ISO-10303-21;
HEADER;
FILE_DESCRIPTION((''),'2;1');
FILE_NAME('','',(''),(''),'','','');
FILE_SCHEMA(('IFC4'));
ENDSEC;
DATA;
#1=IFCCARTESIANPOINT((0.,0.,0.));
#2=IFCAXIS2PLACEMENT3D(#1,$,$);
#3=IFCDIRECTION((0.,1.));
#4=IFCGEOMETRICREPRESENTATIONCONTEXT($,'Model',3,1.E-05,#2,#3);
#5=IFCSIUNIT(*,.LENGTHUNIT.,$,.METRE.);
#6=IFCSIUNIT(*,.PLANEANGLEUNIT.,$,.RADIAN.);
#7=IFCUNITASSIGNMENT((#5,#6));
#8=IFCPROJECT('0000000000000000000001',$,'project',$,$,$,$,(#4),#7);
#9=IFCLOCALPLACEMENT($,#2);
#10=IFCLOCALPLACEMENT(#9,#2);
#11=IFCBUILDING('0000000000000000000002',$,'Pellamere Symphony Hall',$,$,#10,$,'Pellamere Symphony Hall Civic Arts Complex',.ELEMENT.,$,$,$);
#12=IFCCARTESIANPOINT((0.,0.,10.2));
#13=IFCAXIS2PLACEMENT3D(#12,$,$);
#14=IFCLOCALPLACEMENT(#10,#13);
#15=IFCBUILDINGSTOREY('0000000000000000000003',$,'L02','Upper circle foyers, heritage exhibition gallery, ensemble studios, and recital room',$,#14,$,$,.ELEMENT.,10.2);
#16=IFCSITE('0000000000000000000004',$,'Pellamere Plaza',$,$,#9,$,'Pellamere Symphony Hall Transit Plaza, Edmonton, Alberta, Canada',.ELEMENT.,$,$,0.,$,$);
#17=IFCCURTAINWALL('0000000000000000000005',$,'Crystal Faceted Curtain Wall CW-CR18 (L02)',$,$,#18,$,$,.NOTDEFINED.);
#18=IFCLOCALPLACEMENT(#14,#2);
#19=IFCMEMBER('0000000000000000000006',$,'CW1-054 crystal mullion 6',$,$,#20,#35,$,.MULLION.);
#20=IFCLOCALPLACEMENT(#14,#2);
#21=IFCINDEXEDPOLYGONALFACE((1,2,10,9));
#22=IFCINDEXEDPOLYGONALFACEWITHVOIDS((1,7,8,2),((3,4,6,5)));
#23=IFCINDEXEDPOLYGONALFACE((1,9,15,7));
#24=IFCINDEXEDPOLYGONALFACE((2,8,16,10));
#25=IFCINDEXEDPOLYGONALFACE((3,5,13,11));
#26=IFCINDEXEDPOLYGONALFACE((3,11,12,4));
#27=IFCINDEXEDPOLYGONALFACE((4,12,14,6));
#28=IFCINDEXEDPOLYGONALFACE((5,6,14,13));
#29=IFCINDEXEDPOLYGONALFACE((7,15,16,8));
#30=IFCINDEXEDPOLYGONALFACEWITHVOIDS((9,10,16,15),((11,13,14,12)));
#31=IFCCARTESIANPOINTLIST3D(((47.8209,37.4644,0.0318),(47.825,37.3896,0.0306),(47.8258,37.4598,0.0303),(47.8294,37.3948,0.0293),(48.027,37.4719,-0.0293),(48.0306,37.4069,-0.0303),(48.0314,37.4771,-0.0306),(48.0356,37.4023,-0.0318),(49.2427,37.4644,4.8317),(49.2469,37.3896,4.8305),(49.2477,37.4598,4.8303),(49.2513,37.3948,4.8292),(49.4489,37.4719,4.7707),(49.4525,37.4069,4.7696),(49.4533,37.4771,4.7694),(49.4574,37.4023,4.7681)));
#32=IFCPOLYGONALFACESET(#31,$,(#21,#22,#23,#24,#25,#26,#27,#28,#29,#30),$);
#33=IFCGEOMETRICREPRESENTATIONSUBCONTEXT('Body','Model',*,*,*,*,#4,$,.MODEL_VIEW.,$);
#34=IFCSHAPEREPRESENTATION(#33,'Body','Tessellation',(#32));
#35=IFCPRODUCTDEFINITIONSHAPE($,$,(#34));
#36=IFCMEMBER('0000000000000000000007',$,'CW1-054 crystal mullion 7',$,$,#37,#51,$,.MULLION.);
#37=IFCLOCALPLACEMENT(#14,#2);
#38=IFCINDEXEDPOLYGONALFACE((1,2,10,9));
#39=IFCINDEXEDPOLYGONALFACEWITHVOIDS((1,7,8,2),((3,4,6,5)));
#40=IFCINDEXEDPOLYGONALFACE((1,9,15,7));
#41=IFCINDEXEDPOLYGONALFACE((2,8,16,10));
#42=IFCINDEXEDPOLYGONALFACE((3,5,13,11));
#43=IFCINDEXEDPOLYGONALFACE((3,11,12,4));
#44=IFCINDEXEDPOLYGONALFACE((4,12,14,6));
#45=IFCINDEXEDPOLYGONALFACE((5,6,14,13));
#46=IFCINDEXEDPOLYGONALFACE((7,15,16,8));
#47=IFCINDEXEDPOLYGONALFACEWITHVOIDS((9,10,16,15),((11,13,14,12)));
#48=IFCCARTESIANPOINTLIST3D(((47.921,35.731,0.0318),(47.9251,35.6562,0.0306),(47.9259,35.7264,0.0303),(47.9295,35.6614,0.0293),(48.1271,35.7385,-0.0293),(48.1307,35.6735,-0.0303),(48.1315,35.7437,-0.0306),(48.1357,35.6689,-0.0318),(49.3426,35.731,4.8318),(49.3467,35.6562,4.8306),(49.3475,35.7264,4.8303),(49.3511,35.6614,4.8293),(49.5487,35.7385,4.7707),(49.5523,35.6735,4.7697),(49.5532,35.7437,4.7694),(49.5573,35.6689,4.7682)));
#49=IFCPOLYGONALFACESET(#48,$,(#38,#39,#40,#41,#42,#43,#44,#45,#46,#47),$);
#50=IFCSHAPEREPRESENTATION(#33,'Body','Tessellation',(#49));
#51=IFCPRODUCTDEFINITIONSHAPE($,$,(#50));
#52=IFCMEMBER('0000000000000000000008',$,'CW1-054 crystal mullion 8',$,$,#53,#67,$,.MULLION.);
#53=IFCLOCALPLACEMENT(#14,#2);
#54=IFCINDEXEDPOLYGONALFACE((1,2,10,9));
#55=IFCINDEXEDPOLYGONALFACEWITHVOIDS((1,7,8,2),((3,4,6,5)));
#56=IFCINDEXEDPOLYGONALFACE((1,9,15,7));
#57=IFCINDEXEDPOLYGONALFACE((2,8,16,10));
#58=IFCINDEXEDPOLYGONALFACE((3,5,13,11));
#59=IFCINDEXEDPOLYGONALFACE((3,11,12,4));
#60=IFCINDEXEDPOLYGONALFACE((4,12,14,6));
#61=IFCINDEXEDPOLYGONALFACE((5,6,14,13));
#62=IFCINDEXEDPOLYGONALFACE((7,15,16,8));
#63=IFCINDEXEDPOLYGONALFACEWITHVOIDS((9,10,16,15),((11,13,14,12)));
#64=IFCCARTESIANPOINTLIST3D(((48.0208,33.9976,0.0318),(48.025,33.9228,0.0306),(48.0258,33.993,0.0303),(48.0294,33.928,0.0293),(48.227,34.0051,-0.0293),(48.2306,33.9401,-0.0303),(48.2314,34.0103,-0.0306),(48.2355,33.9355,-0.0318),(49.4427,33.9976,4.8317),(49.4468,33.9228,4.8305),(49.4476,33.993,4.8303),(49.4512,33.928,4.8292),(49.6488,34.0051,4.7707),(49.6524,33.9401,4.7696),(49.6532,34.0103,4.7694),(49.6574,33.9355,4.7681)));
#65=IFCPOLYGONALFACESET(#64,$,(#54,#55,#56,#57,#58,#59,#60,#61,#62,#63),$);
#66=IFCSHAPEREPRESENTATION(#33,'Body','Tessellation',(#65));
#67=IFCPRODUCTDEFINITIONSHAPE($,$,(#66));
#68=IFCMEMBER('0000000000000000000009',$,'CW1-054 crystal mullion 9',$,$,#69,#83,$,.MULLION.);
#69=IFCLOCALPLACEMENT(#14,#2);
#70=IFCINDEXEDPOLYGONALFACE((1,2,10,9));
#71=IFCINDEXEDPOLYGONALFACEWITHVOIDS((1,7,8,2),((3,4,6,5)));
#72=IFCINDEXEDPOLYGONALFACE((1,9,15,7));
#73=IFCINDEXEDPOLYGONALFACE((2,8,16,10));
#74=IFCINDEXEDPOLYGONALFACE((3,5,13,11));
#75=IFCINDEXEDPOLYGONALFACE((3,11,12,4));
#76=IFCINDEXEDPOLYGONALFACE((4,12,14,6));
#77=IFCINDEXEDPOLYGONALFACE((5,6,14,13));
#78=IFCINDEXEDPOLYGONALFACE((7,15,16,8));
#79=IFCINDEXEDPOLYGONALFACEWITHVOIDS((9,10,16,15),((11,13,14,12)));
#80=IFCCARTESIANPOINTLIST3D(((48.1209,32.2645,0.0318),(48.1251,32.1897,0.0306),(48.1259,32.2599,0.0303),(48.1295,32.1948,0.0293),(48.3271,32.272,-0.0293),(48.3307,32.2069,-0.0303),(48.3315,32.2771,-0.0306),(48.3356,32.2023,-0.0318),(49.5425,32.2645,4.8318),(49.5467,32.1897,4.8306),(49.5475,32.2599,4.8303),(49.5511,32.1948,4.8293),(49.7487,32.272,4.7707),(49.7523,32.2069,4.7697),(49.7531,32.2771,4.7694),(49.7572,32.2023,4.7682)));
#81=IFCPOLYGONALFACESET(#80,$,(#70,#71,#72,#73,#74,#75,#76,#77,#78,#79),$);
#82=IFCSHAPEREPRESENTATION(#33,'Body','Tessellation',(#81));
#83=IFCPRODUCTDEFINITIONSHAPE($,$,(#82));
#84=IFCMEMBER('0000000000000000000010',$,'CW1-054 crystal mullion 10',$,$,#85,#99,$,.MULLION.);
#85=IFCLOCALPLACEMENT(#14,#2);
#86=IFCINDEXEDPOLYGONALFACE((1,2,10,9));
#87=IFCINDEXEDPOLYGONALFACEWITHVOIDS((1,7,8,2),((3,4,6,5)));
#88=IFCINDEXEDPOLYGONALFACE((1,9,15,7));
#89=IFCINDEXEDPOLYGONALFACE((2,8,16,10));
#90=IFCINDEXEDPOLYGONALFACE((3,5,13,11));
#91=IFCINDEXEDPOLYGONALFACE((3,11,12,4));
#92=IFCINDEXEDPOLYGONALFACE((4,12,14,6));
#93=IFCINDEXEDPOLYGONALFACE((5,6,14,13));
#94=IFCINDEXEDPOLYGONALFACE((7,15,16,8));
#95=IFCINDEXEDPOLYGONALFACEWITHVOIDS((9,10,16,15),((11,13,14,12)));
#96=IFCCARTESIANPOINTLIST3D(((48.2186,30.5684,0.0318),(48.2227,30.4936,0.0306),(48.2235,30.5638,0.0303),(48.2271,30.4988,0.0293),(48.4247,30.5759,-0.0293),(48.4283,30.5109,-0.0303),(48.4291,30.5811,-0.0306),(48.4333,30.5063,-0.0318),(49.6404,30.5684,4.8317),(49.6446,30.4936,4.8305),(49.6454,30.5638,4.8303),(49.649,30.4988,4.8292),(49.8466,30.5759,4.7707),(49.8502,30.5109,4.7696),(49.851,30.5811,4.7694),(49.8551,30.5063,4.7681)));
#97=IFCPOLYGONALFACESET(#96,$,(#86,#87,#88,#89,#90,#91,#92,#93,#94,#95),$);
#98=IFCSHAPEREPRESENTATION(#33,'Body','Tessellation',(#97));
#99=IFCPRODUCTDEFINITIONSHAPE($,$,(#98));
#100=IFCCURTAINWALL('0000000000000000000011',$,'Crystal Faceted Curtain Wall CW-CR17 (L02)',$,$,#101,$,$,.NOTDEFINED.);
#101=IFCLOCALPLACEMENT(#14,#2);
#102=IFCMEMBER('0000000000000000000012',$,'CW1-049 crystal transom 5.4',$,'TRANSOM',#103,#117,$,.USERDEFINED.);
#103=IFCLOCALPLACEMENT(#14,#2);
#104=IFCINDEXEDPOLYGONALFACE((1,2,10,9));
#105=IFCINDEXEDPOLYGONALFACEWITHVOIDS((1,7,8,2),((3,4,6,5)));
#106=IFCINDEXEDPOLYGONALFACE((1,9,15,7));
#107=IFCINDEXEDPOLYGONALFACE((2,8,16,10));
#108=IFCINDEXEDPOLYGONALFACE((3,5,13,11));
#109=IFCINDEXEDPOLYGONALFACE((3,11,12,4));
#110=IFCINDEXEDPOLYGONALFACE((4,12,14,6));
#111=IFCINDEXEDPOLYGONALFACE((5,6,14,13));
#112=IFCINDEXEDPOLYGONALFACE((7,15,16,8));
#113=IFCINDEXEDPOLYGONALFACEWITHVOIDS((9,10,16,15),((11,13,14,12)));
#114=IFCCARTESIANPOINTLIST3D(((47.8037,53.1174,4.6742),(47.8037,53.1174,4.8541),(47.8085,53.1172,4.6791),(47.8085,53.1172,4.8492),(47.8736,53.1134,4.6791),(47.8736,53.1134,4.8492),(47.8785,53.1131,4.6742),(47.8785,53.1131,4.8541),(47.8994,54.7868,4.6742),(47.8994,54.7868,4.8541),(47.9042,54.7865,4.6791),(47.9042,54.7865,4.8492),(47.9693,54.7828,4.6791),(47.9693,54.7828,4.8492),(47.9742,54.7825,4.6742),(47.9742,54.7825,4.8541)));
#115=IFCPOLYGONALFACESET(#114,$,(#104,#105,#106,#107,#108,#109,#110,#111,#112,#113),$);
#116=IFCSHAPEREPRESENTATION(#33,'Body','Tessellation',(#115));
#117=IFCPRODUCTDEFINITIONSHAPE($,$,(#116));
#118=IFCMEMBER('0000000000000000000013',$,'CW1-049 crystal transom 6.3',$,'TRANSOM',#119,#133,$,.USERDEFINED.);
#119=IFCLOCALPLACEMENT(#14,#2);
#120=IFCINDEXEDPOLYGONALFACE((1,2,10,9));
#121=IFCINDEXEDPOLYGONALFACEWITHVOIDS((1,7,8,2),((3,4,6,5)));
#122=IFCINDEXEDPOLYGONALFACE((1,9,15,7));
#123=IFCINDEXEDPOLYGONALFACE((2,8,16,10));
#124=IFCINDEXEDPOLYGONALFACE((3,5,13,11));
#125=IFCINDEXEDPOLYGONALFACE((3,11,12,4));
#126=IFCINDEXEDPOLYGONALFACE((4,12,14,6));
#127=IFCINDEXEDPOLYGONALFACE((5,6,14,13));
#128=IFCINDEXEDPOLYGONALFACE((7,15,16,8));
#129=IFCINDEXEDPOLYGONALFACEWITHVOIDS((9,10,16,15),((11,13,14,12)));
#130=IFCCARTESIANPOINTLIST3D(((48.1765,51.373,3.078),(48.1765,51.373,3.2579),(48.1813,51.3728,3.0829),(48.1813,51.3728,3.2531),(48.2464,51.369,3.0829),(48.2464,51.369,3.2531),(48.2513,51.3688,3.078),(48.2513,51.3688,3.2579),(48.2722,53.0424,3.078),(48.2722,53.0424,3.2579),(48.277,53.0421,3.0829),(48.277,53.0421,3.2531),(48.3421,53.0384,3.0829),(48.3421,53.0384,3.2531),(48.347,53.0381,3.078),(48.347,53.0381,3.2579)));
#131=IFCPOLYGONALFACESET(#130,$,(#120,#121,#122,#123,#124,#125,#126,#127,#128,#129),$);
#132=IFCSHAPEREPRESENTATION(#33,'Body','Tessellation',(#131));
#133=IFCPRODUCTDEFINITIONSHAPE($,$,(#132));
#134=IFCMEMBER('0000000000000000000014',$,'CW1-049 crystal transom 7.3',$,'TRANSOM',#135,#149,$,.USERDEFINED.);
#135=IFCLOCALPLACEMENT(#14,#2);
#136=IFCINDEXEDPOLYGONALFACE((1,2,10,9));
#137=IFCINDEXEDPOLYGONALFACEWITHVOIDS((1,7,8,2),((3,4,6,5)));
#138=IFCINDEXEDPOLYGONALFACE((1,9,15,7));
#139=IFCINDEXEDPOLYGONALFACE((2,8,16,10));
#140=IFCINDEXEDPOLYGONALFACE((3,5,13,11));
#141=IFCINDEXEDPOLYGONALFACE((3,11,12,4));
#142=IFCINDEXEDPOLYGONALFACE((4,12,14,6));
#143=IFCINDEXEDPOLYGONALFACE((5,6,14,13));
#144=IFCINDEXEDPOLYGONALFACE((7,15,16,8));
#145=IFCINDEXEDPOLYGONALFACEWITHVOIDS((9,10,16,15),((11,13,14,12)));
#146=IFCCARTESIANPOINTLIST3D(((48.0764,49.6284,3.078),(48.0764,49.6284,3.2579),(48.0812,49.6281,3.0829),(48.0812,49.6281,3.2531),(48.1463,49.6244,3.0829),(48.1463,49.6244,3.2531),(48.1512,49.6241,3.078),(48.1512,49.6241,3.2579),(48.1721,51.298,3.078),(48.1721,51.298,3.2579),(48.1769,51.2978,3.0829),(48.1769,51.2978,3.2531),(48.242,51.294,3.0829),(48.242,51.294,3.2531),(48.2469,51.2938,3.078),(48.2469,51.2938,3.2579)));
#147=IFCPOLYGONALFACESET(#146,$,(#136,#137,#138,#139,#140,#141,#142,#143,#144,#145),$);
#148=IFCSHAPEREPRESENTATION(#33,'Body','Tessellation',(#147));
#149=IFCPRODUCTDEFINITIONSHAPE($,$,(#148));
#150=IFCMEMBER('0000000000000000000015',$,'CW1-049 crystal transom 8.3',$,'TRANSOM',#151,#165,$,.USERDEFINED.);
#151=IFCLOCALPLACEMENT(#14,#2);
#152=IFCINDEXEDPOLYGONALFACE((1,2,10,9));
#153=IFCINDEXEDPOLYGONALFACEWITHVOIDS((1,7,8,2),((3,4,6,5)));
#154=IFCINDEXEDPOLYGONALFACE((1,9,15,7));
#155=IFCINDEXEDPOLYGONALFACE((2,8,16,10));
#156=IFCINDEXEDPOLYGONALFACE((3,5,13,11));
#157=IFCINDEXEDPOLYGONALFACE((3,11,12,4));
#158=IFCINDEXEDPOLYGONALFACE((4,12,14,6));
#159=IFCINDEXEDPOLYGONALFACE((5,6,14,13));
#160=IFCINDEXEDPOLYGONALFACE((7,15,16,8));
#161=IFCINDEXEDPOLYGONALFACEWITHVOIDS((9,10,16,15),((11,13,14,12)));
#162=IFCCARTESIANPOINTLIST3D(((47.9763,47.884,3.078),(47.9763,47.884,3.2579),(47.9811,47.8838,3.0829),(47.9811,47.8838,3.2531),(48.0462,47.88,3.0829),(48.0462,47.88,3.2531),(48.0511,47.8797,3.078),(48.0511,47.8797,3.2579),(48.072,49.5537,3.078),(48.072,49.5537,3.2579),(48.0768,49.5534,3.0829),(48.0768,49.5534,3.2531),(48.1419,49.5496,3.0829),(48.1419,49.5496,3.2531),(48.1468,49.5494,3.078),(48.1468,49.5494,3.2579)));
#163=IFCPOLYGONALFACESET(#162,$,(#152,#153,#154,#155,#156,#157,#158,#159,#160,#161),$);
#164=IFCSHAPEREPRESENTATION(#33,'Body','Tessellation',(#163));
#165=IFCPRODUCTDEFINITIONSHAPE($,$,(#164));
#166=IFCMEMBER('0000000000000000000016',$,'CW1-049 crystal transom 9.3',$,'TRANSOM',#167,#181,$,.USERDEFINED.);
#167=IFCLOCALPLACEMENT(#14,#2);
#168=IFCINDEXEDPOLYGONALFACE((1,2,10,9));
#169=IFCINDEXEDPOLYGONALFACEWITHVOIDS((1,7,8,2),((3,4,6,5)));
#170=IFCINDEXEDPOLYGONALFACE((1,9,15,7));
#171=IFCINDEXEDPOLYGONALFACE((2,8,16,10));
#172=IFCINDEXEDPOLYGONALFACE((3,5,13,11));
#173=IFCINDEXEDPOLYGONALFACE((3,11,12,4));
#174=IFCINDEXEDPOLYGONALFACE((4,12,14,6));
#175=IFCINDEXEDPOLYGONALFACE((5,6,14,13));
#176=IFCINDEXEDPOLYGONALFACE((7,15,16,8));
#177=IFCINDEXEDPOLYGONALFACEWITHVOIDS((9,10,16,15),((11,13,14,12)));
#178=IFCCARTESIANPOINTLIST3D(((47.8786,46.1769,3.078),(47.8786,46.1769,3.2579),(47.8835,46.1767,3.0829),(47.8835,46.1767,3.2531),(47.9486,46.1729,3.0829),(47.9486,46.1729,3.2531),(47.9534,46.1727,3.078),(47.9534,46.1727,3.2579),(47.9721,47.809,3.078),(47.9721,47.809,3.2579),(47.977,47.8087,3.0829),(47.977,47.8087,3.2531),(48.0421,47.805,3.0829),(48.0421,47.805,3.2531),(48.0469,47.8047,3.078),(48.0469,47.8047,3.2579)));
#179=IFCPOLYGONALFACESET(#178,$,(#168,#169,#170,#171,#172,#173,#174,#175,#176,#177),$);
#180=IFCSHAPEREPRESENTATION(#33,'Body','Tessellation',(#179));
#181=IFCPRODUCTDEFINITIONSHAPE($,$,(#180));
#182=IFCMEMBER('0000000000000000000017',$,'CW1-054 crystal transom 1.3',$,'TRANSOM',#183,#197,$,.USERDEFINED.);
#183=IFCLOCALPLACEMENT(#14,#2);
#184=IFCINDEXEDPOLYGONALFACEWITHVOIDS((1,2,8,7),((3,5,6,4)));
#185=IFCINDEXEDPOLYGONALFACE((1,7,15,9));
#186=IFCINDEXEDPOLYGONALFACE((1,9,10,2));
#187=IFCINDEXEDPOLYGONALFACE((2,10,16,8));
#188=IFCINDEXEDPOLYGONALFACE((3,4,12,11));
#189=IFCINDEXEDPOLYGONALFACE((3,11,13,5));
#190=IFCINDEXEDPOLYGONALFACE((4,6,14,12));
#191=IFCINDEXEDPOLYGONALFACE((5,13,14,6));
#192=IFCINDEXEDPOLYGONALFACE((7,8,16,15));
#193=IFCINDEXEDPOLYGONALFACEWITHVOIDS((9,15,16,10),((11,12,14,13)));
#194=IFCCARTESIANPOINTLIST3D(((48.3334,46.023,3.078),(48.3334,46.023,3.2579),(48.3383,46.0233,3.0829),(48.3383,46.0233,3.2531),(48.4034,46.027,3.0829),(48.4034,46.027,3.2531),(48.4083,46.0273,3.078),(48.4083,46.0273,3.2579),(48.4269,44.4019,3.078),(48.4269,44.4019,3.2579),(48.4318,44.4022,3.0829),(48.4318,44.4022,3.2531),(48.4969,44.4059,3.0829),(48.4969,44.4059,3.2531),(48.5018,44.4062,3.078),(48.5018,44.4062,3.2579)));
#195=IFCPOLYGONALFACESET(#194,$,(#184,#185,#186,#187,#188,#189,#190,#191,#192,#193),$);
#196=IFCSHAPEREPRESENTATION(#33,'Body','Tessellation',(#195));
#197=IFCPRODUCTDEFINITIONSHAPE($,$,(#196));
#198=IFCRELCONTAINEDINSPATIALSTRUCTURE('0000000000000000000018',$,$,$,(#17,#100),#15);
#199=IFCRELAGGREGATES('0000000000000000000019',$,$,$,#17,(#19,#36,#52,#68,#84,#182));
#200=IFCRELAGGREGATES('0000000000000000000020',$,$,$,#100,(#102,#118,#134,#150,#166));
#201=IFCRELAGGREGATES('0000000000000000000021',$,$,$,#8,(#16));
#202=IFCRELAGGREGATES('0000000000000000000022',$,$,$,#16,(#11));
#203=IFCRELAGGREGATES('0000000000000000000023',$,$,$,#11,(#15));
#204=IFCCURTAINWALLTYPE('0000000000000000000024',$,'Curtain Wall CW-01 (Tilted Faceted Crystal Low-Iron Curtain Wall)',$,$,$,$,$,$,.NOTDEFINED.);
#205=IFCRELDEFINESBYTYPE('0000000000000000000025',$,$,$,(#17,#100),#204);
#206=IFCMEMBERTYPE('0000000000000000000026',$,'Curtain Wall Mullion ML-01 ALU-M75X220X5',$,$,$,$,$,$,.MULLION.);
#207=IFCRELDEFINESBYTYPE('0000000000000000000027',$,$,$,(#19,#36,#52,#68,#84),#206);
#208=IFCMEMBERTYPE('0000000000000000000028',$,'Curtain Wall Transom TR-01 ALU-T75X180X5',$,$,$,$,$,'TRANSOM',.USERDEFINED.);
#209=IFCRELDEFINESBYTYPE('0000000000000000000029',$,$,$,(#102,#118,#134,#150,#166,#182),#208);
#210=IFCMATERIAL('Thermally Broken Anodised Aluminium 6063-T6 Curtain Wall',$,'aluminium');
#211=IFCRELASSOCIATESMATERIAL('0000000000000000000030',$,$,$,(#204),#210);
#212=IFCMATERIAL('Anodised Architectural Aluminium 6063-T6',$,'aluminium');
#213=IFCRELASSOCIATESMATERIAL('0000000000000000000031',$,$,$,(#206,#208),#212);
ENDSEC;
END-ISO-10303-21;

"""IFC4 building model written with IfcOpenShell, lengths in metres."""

from ifc_helpers import new_model, si_unit, direction, frame, origin, origin_2d, place, context, subcontext, project, spatial, hollow_rectangle, extrude, material, material_profile, profile_set, type_object, element, aggregate, save


model = new_model("IFC4")

# Units and contexts
model_context = context("Model", 3, precision=1e-05, world=origin(), true_north=direction((0.0, 1.0)))
body_context = subcontext(model_context, "Body", "Model", "MODEL_VIEW")
ifc_project = project(units=[si_unit("LENGTHUNIT", "METRE"), si_unit("PLANEANGLEUNIT", "RADIAN")], contexts=[model_context])

# Site, building, storey
site_placement = place(None, origin())
site = spatial("IfcSite", under=ifc_project, at=site_placement, Name="Pellamere Plaza", LongName="Pellamere Symphony Hall Transit Plaza, Edmonton, Alberta, Canada", CompositionType="ELEMENT", RefElevation=0.0)
building_placement = place(site_placement, origin())
building = spatial("IfcBuilding", under=site, at=building_placement, Name="Pellamere Symphony Hall", LongName="Pellamere Symphony Hall Civic Arts Complex", CompositionType="ELEMENT")
storey_placement = place(building_placement, frame((0.0, 0.0, 10.2)))
storey = spatial("IfcBuildingStorey", under=building, at=storey_placement, Name="L02", Description="Upper circle foyers, heritage exhibition gallery, ensemble studios, and recital room", CompositionType="ELEMENT", Elevation=10.2)

# Curtain walls, members
ifc_material_1 = material(Name="Thermally Broken Anodised Aluminium 6063-T6 Curtain Wall", Category="aluminium")
curtain_wall_type = type_object("IfcCurtainWallType", Name="Curtain Wall CW-01 (Tilted Faceted Crystal Low-Iron Curtain Wall)", PredefinedType="NOTDEFINED", material=ifc_material_1)
curtain_wall_1_placement = place(storey_placement, origin())
curtain_wall_1 = element("IfcCurtainWall", 1, at=curtain_wall_1_placement, inside=storey, type_object=curtain_wall_type, Name="Crystal Faceted Curtain Wall CW-CR18 (L02)", PredefinedType="NOTDEFINED")
ifc_material_2 = material(Name="Anodised Architectural Aluminium 6063-T6", Category="aluminium")
ifc_material_profile_1 = material_profile(ifc_material_2, hollow_rectangle(XDim=0.075, YDim=0.22, WallThickness=0.0049, at=origin_2d()), Name="ALU-M75X220X5")
ifc_profile_set_1 = profile_set([ifc_material_profile_1], Name="Anodised Architectural Aluminium 6063-T6")
member_type_1 = type_object("IfcMemberType", Name="Curtain Wall Mullion ML-01 ALU-M75X220X5", PredefinedType="MULLION", material=ifc_profile_set_1)
member_1_placement = place(storey_placement, frame((47.9282, 37.4333, 0.0), z_axis=(0.284022, 0.0, 0.958818), x_axis=(-0.055225, 0.99834, 0.016359)))
member_1 = element("IfcMember", 2, at=member_1_placement, type_object=member_type_1, Name="CW1-054 crystal mullion 6", PredefinedType="MULLION", context=body_context, shape_type="SweptSolid", body=[
    extrude(hollow_rectangle(XDim=0.075, YDim=0.22, WallThickness=0.0049, at=origin_2d()), origin(), (0.0, 0.0, 1.0), 5.0061),
])
member_2_placement = place(storey_placement, frame((48.0283, 35.7, 0.0), z_axis=(0.283977, 0.0, 0.958831), x_axis=(-0.055225, 0.99834, 0.016356)))
member_2 = element("IfcMember", 3, at=member_2_placement, type_object=member_type_1, Name="CW1-054 crystal mullion 7", PredefinedType="MULLION", context=body_context, shape_type="SweptSolid", body=[
    extrude(hollow_rectangle(XDim=0.075, YDim=0.22, WallThickness=0.0049, at=origin_2d()), origin(), (0.0, 0.0, 1.0), 5.0061),
])
member_3_placement = place(storey_placement, frame((48.1282, 33.9666, 0.0), z_axis=(0.284022, 0.0, 0.958818), x_axis=(-0.055225, 0.99834, 0.016359)))
member_3 = element("IfcMember", 4, at=member_3_placement, type_object=member_type_1, Name="CW1-054 crystal mullion 8", PredefinedType="MULLION", context=body_context, shape_type="SweptSolid", body=[
    extrude(hollow_rectangle(XDim=0.075, YDim=0.22, WallThickness=0.0049, at=origin_2d()), origin(), (0.0, 0.0, 1.0), 5.0061),
])
member_4_placement = place(storey_placement, frame((48.2283, 32.2334, 0.0), z_axis=(0.283977, 0.0, 0.958831), x_axis=(-0.055225, 0.99834, 0.016356)))
member_4 = element("IfcMember", 5, at=member_4_placement, type_object=member_type_1, Name="CW1-054 crystal mullion 9", PredefinedType="MULLION", context=body_context, shape_type="SweptSolid", body=[
    extrude(hollow_rectangle(XDim=0.075, YDim=0.22, WallThickness=0.0049, at=origin_2d()), origin(), (0.0, 0.0, 1.0), 5.0061),
])
member_5_placement = place(storey_placement, frame((48.3259, 30.5374, 0.0), z_axis=(0.284022, 0.0, 0.958818), x_axis=(-0.055225, 0.99834, 0.016359)))
member_5 = element("IfcMember", 6, at=member_5_placement, type_object=member_type_1, Name="CW1-054 crystal mullion 10", PredefinedType="MULLION", context=body_context, shape_type="SweptSolid", body=[
    extrude(hollow_rectangle(XDim=0.075, YDim=0.22, WallThickness=0.0049, at=origin_2d()), origin(), (0.0, 0.0, 1.0), 5.0061),
])
curtain_wall_2_placement = place(storey_placement, origin())
curtain_wall_2 = element("IfcCurtainWall", 7, at=curtain_wall_2_placement, inside=storey, type_object=curtain_wall_type, Name="Crystal Faceted Curtain Wall CW-CR17 (L02)", PredefinedType="NOTDEFINED")
ifc_material_profile_2 = material_profile(ifc_material_2, hollow_rectangle(XDim=0.075, YDim=0.1799, WallThickness=0.0049, at=origin_2d()), Name="ALU-T75X180X5")
ifc_profile_set_2 = profile_set([ifc_material_profile_2], Name="Anodised Architectural Aluminium 6063-T6")
member_type_2 = type_object("IfcMemberType", Name="Curtain Wall Transom TR-01 ALU-T75X180X5", ElementType="TRANSOM", PredefinedType="USERDEFINED", material=ifc_profile_set_2)
member_6_placement = place(storey_placement, frame((47.9368, 54.7847, 4.7642), z_axis=(-0.057233, -0.998361, 0.0), x_axis=(0.998361, -0.057233, 0.0)))
member_6 = element("IfcMember", 8, at=member_6_placement, type_object=member_type_2, Name="CW1-049 crystal transom 5.4", ObjectType="TRANSOM", PredefinedType="USERDEFINED", context=body_context, shape_type="SweptSolid", body=[
    extrude(hollow_rectangle(XDim=0.075, YDim=0.1799, WallThickness=0.0049, at=origin_2d()), origin(), (0.0, 0.0, 1.0), 1.6721),
])
member_7_placement = place(storey_placement, frame((48.3096, 53.0403, 3.168), z_axis=(-0.057233, -0.998361, 0.0), x_axis=(0.998361, -0.057233, 0.0)))
member_7 = element("IfcMember", 9, at=member_7_placement, type_object=member_type_2, Name="CW1-049 crystal transom 6.3", ObjectType="TRANSOM", PredefinedType="USERDEFINED", context=body_context, shape_type="SweptSolid", body=[
    extrude(hollow_rectangle(XDim=0.075, YDim=0.1799, WallThickness=0.0049, at=origin_2d()), origin(), (0.0, 0.0, 1.0), 1.6721),
])
member_8_placement = place(storey_placement, frame((48.2095, 51.2959, 3.168), z_axis=(-0.057224, -0.998361, 0.0), x_axis=(0.998361, -0.057224, 0.0)))
member_8 = element("IfcMember", 10, at=member_8_placement, type_object=member_type_2, Name="CW1-049 crystal transom 7.3", ObjectType="TRANSOM", PredefinedType="USERDEFINED", context=body_context, shape_type="SweptSolid", body=[
    extrude(hollow_rectangle(XDim=0.075, YDim=0.1799, WallThickness=0.0049, at=origin_2d()), origin(), (0.0, 0.0, 1.0), 1.6724),
])
member_9_placement = place(storey_placement, frame((48.1094, 49.5515, 3.168), z_axis=(-0.057224, -0.998361, 0.0), x_axis=(0.998361, -0.057224, 0.0)))
member_9 = element("IfcMember", 11, at=member_9_placement, type_object=member_type_2, Name="CW1-049 crystal transom 8.3", ObjectType="TRANSOM", PredefinedType="USERDEFINED", context=body_context, shape_type="SweptSolid", body=[
    extrude(hollow_rectangle(XDim=0.075, YDim=0.1799, WallThickness=0.0049, at=origin_2d()), origin(), (0.0, 0.0, 1.0), 1.6724),
])
member_10_placement = place(storey_placement, frame((48.0095, 47.8069, 3.168), z_axis=(-0.057199, -0.998363, 0.0), x_axis=(0.998363, -0.057199, 0.0)))
member_10 = element("IfcMember", 12, at=member_10_placement, type_object=member_type_2, Name="CW1-049 crystal transom 9.3", ObjectType="TRANSOM", PredefinedType="USERDEFINED", context=body_context, shape_type="SweptSolid", body=[
    extrude(hollow_rectangle(XDim=0.075, YDim=0.1799, WallThickness=0.0049, at=origin_2d()), origin(), (0.0, 0.0, 1.0), 1.6348),
])

# Member
member_11_placement = place(storey_placement, frame((48.3708, 46.0251, 3.168), z_axis=(0.057585, -0.998341, 0.0), x_axis=(0.998341, 0.057585, 0.0)))
member_11 = element("IfcMember", 13, at=member_11_placement, type_object=member_type_2, Name="CW1-054 crystal transom 1.3", ObjectType="TRANSOM", PredefinedType="USERDEFINED", context=body_context, shape_type="SweptSolid", body=[
    extrude(hollow_rectangle(XDim=0.075, YDim=0.1799, WallThickness=0.0049, at=origin_2d()), origin(), (0.0, 0.0, 1.0), 1.6238),
])

aggregate(curtain_wall_1, [member_1, member_2, member_3, member_4, member_5, member_11])
aggregate(curtain_wall_2, [member_6, member_7, member_8, member_9, member_10])

save(model, "model.ifc")
